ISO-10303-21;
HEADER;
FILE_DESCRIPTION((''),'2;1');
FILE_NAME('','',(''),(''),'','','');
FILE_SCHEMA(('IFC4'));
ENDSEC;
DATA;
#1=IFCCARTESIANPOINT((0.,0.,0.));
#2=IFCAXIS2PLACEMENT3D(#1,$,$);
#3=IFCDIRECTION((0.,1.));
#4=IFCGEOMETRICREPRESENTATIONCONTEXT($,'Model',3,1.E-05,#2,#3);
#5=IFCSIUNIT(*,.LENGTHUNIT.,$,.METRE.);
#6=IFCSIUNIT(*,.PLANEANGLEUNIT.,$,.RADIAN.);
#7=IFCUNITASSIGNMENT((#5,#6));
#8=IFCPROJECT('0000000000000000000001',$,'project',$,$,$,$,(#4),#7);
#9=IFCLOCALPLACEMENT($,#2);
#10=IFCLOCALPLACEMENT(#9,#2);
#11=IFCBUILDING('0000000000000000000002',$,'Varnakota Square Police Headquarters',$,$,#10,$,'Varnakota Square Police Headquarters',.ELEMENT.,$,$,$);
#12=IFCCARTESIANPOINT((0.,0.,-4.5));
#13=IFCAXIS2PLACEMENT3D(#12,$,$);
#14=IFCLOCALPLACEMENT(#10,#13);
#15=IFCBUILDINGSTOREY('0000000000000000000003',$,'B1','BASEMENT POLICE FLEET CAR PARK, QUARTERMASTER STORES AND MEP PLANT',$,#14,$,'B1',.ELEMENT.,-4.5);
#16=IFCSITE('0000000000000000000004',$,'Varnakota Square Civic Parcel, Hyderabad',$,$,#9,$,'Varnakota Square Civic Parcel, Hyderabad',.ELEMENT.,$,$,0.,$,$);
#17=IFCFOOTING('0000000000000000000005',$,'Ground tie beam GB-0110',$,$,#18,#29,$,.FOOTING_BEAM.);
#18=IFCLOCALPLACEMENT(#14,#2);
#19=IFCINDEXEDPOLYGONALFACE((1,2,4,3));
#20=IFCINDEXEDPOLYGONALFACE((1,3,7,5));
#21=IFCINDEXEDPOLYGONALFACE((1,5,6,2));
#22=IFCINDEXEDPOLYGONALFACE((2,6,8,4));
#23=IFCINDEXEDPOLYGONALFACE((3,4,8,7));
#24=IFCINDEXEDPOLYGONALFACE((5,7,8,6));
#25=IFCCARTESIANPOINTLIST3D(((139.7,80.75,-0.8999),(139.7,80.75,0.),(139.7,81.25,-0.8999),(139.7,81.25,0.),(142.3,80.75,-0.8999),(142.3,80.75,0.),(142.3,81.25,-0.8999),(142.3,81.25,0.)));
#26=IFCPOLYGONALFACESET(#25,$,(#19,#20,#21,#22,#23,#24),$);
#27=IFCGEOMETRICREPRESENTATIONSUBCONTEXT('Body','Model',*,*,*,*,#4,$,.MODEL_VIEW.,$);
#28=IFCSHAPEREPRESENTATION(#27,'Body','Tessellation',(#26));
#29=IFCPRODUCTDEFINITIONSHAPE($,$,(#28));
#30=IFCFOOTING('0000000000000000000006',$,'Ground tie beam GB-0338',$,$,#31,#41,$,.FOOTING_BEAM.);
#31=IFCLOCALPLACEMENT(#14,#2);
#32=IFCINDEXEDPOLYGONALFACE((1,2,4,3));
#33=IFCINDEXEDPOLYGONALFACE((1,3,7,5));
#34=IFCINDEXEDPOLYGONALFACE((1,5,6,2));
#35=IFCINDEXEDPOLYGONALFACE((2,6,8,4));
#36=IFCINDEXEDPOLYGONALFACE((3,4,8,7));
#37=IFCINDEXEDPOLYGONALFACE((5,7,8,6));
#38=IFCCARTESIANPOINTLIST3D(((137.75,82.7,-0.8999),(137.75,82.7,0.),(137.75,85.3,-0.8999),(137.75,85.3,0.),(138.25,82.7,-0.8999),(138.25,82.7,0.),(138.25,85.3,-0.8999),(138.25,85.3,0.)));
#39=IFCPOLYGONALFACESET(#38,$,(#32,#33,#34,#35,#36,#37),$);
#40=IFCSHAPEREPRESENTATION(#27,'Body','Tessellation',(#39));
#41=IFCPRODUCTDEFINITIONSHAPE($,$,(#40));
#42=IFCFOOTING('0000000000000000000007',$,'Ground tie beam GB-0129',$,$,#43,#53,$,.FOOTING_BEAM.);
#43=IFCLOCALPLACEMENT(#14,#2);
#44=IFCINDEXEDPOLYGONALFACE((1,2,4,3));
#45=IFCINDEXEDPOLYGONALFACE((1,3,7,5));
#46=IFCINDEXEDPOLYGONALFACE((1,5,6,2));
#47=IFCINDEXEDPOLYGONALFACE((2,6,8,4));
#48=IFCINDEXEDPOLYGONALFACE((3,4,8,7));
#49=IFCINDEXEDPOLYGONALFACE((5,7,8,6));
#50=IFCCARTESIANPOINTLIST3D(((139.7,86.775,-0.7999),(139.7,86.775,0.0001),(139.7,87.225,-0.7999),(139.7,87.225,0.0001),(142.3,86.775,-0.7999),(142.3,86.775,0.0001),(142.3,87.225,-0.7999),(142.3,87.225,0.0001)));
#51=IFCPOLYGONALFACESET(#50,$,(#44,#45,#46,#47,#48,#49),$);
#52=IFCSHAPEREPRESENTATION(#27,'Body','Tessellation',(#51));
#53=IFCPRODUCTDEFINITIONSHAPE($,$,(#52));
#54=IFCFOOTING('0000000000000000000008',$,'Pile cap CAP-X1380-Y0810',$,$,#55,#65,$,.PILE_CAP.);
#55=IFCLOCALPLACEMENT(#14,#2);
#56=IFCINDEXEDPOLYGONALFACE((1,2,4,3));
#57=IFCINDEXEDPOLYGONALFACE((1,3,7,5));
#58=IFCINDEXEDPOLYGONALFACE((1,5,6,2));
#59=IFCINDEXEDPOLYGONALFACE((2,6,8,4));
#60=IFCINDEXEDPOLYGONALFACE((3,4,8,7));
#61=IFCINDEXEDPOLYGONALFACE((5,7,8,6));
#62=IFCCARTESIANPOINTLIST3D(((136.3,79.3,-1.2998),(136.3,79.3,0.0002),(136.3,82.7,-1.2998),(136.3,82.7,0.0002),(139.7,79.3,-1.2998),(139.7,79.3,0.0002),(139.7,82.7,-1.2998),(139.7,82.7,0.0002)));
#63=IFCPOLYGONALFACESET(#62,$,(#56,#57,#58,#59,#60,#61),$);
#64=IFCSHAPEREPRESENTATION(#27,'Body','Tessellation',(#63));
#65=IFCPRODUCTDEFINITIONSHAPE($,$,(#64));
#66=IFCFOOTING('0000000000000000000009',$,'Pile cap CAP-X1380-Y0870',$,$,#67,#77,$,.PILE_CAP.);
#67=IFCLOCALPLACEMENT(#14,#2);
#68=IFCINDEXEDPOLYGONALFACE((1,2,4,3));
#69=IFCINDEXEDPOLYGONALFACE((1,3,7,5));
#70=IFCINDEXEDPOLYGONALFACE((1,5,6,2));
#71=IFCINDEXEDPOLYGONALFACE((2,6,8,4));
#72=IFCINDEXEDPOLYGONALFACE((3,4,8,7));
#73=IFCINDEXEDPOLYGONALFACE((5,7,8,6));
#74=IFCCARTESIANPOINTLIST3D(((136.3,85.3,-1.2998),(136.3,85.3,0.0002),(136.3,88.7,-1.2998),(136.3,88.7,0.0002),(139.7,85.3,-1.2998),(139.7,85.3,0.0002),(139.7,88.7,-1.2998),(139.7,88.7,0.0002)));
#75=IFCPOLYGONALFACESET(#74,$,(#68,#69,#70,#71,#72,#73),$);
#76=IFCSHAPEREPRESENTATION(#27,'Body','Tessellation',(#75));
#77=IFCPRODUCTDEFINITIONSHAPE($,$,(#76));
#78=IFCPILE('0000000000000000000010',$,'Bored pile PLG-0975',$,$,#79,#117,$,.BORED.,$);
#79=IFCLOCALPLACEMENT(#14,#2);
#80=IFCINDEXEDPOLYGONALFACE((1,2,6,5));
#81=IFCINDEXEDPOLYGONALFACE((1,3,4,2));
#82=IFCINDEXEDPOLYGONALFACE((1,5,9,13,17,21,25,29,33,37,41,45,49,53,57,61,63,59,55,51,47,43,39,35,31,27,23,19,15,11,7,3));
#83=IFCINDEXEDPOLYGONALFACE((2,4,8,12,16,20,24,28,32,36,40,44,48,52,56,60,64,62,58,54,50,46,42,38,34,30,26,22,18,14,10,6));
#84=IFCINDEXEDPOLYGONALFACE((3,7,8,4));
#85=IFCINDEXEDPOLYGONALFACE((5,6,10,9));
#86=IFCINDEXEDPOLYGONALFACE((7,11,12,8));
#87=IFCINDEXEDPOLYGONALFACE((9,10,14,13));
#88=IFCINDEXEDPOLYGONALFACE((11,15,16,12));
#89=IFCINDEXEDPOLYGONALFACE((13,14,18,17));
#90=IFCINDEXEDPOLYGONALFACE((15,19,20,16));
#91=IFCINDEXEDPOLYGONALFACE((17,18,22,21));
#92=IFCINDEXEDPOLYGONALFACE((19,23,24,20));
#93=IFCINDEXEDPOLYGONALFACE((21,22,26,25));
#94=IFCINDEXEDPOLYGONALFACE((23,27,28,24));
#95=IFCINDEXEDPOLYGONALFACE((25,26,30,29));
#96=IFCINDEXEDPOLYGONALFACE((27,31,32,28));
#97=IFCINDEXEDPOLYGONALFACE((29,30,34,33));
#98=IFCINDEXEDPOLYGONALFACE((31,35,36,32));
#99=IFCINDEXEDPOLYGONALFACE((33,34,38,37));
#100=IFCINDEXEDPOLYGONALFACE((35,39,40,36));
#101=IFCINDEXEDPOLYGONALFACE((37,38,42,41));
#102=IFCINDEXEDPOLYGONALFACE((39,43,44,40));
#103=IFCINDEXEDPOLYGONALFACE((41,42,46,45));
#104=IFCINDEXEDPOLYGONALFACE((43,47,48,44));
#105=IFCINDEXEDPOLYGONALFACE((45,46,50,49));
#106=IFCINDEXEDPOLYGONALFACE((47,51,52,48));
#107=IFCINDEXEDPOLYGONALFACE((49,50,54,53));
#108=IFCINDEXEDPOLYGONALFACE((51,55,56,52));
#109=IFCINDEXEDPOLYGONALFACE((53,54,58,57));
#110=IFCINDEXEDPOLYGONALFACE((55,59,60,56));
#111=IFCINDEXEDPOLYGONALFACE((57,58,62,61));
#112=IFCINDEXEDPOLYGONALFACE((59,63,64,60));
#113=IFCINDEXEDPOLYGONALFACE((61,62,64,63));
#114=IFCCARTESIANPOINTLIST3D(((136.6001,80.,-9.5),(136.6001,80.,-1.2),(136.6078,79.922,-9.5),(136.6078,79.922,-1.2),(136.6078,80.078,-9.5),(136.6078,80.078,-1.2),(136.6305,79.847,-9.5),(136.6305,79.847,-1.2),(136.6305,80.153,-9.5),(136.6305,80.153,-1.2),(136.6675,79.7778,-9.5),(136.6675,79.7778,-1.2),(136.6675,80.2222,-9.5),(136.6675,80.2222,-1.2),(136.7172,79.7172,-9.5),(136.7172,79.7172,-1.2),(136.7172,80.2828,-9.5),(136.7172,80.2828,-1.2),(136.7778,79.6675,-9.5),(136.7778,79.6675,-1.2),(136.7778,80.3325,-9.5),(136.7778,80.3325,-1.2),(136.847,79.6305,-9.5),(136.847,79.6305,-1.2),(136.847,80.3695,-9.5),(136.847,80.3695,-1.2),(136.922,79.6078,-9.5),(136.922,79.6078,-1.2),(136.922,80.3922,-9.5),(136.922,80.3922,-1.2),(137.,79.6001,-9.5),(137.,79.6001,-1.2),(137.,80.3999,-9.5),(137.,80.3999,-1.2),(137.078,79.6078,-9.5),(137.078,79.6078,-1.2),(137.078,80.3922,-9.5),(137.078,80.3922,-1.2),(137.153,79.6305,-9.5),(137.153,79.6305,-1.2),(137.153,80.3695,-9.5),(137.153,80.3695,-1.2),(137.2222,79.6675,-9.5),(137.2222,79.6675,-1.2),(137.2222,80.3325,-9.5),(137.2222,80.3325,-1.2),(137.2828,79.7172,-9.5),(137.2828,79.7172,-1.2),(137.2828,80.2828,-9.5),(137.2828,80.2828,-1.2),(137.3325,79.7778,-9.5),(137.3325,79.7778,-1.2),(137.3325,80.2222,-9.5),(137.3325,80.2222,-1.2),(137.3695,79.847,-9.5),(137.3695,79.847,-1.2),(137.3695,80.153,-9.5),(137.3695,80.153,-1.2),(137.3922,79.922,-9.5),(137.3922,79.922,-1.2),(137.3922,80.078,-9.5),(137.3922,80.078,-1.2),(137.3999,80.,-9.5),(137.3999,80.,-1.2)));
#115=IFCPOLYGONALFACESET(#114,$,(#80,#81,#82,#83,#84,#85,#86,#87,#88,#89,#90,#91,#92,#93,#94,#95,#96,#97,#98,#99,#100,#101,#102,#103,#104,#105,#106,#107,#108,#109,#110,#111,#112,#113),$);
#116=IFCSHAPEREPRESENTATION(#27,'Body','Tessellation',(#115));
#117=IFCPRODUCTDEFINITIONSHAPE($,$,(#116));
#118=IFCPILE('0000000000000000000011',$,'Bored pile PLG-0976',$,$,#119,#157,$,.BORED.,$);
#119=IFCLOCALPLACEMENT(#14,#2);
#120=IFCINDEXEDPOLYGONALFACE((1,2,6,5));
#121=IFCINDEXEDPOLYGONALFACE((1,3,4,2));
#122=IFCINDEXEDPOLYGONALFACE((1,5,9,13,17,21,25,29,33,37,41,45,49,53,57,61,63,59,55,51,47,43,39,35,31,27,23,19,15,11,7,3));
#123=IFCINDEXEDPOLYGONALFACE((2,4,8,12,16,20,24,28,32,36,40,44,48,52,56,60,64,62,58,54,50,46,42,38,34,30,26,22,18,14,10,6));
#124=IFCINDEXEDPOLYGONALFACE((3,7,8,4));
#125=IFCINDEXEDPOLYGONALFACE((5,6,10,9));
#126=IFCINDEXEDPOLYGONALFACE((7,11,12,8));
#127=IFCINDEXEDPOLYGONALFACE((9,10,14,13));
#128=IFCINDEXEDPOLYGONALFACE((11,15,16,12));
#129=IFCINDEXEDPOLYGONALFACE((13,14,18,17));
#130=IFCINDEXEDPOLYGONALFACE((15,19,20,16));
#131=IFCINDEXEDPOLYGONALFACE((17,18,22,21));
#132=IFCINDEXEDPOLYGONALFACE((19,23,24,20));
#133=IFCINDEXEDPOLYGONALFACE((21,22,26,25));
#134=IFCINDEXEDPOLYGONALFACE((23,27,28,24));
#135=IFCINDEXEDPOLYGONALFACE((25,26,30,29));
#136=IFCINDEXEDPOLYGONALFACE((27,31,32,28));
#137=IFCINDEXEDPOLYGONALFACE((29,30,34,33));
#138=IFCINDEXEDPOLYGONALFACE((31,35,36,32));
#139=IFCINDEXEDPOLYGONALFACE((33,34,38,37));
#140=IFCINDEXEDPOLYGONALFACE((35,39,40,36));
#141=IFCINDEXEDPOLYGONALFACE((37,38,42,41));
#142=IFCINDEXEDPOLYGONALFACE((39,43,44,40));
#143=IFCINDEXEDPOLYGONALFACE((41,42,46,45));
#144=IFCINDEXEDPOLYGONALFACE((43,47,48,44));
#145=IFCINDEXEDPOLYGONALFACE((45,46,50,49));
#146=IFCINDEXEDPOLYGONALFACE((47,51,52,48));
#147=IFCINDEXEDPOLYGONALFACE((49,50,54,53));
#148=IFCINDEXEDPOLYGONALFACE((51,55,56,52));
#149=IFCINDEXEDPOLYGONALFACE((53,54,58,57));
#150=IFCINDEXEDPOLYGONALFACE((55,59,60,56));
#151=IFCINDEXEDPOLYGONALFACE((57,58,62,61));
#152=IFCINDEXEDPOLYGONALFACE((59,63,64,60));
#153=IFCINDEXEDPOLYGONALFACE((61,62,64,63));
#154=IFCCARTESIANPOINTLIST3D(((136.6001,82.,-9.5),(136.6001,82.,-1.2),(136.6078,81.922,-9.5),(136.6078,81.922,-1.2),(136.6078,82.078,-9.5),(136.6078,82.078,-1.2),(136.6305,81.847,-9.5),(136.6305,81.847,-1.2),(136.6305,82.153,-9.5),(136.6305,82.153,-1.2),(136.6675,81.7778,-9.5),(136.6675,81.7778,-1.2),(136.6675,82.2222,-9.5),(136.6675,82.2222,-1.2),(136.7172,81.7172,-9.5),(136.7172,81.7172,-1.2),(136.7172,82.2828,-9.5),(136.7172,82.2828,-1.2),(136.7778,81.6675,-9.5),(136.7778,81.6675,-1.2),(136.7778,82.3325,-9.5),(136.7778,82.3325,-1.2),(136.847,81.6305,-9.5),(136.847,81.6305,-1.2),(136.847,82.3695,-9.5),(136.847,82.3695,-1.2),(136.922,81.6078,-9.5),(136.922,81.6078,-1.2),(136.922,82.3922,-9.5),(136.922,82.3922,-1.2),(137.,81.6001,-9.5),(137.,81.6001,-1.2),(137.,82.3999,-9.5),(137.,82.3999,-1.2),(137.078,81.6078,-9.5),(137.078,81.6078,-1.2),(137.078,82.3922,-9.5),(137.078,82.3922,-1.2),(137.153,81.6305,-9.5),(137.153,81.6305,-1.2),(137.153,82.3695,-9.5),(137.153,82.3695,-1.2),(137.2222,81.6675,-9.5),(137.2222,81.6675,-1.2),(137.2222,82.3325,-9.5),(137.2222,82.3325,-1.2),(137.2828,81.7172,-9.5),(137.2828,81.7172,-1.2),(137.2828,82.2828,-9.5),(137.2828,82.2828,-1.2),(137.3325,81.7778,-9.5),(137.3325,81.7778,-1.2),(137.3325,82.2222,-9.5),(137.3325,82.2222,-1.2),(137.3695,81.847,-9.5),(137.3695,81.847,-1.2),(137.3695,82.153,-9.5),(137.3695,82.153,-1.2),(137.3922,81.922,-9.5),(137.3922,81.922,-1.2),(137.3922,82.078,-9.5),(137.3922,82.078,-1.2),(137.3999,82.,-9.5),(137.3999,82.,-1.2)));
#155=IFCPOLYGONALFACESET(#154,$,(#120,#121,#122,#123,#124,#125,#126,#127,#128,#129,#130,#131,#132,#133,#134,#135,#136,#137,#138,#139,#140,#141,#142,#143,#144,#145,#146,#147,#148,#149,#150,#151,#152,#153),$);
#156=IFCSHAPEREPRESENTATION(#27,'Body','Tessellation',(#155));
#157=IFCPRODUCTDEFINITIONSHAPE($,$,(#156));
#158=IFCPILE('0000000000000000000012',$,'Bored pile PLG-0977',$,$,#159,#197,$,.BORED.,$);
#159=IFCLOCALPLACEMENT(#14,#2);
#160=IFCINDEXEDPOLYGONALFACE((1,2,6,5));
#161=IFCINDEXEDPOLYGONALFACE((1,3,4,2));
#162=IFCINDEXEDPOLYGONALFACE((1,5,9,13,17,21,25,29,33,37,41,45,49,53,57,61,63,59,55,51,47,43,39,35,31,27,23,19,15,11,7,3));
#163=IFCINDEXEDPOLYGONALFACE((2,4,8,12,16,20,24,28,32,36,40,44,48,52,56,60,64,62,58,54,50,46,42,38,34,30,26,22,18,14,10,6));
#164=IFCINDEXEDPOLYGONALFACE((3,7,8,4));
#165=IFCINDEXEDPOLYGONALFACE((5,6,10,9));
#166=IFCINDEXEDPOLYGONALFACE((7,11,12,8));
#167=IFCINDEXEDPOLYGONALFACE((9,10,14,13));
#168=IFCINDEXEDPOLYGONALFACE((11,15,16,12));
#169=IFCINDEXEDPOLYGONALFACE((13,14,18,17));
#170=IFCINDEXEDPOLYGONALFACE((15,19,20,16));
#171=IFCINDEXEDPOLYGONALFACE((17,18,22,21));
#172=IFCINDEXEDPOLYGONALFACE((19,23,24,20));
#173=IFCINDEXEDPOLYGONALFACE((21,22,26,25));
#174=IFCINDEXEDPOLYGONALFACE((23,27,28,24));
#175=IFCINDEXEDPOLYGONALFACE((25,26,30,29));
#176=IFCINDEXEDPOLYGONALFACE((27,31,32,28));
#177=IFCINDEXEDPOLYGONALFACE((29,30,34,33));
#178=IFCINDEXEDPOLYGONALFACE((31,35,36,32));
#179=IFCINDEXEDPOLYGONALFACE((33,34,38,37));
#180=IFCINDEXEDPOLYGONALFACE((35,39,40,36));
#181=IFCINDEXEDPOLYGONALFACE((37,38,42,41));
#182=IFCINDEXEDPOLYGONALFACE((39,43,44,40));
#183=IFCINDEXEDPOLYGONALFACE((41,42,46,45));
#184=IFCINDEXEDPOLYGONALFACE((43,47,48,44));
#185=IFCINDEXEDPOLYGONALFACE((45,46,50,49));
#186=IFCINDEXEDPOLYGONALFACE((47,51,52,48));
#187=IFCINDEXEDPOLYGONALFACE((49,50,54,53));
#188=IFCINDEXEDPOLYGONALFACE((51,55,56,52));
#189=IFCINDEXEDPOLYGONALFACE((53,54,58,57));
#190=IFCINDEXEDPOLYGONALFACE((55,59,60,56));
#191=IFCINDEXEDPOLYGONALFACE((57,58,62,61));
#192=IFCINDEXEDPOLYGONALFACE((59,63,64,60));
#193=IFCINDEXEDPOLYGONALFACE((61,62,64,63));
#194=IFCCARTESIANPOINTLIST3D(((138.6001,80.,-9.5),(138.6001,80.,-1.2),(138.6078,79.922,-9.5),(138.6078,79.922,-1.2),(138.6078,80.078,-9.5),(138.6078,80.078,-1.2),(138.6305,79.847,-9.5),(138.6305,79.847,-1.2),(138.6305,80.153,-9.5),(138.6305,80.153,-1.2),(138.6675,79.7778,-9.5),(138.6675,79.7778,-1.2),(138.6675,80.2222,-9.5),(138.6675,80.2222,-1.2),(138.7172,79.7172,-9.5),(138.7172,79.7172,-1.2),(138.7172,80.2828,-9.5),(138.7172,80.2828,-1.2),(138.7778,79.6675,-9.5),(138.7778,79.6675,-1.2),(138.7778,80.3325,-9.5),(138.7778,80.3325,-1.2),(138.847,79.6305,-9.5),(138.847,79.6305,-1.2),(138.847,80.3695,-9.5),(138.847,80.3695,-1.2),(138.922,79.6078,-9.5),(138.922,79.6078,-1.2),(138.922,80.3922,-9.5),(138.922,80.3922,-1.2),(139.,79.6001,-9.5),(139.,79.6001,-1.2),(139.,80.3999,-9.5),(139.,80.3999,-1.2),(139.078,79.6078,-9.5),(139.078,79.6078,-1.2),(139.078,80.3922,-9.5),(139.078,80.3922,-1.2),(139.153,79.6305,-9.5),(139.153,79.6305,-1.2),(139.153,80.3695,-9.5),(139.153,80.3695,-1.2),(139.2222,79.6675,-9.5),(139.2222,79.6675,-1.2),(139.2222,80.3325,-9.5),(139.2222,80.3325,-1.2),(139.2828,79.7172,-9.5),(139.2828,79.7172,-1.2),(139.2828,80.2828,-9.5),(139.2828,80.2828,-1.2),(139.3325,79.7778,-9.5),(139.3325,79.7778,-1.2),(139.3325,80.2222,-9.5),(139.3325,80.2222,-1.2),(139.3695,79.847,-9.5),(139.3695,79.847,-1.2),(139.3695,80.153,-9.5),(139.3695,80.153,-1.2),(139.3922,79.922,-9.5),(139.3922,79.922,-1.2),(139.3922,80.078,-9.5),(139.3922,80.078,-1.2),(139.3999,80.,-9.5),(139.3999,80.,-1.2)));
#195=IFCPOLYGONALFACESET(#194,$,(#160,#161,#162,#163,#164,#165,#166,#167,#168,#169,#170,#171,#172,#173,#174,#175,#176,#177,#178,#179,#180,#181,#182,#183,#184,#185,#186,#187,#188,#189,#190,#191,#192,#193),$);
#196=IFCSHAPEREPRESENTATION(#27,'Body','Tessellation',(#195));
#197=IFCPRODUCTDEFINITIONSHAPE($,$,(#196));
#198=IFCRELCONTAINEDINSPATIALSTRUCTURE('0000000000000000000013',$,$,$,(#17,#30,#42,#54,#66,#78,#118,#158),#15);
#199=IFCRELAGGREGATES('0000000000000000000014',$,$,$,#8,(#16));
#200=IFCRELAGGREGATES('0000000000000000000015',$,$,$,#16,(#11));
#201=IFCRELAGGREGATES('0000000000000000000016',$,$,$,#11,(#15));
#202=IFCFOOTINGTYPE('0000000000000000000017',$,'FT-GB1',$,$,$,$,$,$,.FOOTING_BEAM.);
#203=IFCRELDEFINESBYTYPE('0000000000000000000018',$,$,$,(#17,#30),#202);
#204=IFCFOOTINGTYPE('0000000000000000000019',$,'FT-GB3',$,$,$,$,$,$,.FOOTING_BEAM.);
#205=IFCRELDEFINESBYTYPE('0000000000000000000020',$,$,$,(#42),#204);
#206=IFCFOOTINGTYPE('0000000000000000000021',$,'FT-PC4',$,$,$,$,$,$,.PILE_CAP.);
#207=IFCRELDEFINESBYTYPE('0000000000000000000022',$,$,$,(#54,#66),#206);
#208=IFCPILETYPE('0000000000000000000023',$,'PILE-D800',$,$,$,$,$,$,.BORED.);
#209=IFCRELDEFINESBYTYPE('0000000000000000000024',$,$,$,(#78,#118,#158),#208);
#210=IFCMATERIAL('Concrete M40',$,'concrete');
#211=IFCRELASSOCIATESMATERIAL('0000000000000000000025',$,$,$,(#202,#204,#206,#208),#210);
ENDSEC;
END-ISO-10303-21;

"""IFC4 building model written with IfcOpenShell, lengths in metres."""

from ifc_helpers import new_model, si_unit, direction, frame, origin, origin_2d, place, context, subcontext, project, spatial, rectangle, circle, extrude, material, material_profile, profile_set, type_object, element, save


model = new_model("IFC4")

# Units and contexts
model_context = context("Model", 3, precision=1e-05, world=origin(), true_north=direction((0.0, 1.0)))
body_context = subcontext(model_context, "Body", "Model", "MODEL_VIEW")
ifc_project = project(units=[si_unit("LENGTHUNIT", "METRE"), si_unit("PLANEANGLEUNIT", "RADIAN")], contexts=[model_context])

# Site, building, storey
site_placement = place(None, origin())
site = spatial("IfcSite", under=ifc_project, at=site_placement, Name="Varnakota Square Civic Parcel, Hyderabad", LongName="Varnakota Square Civic Parcel, Hyderabad", CompositionType="ELEMENT", RefElevation=0.0)
building_placement = place(site_placement, origin())
building = spatial("IfcBuilding", under=site, at=building_placement, Name="Varnakota Square Police Headquarters", LongName="Varnakota Square Police Headquarters", CompositionType="ELEMENT")
storey_placement = place(building_placement, frame((0.0, 0.0, -4.5)))
storey = spatial("IfcBuildingStorey", under=building, at=storey_placement, Name="B1", Description="BASEMENT POLICE FLEET CAR PARK, QUARTERMASTER STORES AND MEP PLANT", LongName="B1", CompositionType="ELEMENT", Elevation=-4.5)

# Footings
ifc_material_1 = material(Name="Concrete M40", Category="concrete")
ifc_material_profile_1 = material_profile(ifc_material_1, rectangle(XDim=0.5, YDim=0.8999, at=origin_2d()), Name="GB 500x900")
ifc_profile_set_1 = profile_set([ifc_material_profile_1], Name="Concrete M40")
footing_type_1 = type_object("IfcFootingType", Name="FT-GB1", PredefinedType="FOOTING_BEAM", material=ifc_profile_set_1)
for number, where, z_axis, x_axis, name in (
    (1, (139.7, 81.0, -0.45), (1.0, 0.0, 0.0), (0.0, 1.0, 0.0), "Ground tie beam GB-0110"),
    (2, (138.0, 82.7, -0.45), (0.0, 1.0, 0.0), (-1.0, 0.0, 0.0), "Ground tie beam GB-0338"),
):
    element("IfcFooting", number, at=place(storey_placement, frame(where, z_axis=z_axis, x_axis=x_axis)), inside=storey, type_object=footing_type_1, Name=name, PredefinedType="FOOTING_BEAM", context=body_context, shape_type="SweptSolid", body=[
        extrude(rectangle(XDim=0.5, YDim=0.8999, at=origin_2d()), origin(), (0.0, 0.0, 1.0), 2.6001),
    ])
ifc_material_profile_2 = material_profile(ifc_material_1, rectangle(XDim=0.45, YDim=0.8, at=origin_2d()), Name="GB 450x800")
ifc_profile_set_2 = profile_set([ifc_material_profile_2], Name="Concrete M40")
footing_type_2 = type_object("IfcFootingType", Name="FT-GB3", PredefinedType="FOOTING_BEAM", material=ifc_profile_set_2)
footing_placement = place(storey_placement, frame((139.7, 87.0, -0.3999), z_axis=(1.0, 0.0, 0.0), x_axis=(0.0, 1.0, 0.0)))
element("IfcFooting", 3, at=footing_placement, inside=storey, type_object=footing_type_2, Name="Ground tie beam GB-0129", PredefinedType="FOOTING_BEAM", context=body_context, shape_type="SweptSolid", body=[
    extrude(rectangle(XDim=0.45, YDim=0.8, at=origin_2d()), origin(), (0.0, 0.0, 1.0), 2.6001),
])
footing_type_3 = type_object("IfcFootingType", Name="FT-PC4", PredefinedType="PILE_CAP", material=ifc_material_1)
for number, where, z_axis, x_axis, name in (
    (4, (138.0, 81.0, -1.2998), (0.0, 0.0, 1.0), (1.0, 0.0, 0.0), "Pile cap CAP-X1380-Y0810"),
    (5, (138.0, 87.0, -1.2998), (0.0, 0.0, 1.0), (1.0, 0.0, 0.0), "Pile cap CAP-X1380-Y0870"),
):
    element("IfcFooting", number, at=place(storey_placement, frame(where, z_axis=z_axis, x_axis=x_axis)), inside=storey, type_object=footing_type_3, Name=name, PredefinedType="PILE_CAP", context=body_context, shape_type="SweptSolid", body=[
        extrude(rectangle(XDim=3.3999, YDim=3.3999, at=origin_2d()), origin(), (0.0, 0.0, 1.0), 1.3),
    ])

# Piles
ifc_material_profile_3 = material_profile(ifc_material_1, circle(Radius=0.3999, at=origin_2d()), Name="BORED PILE 800")
ifc_profile_set_3 = profile_set([ifc_material_profile_3], Name="Concrete M40")
pile_type = type_object("IfcPileType", Name="PILE-D800", PredefinedType="BORED", material=ifc_profile_set_3)
for number, where, z_axis, x_axis, name in (
    (6, (137.0, 80.0, -1.2), (0.0, 0.0, -1.0), (1.0, 0.0, 0.0), "Bored pile PLG-0975"),
    (7, (137.0, 82.0, -1.2), (0.0, 0.0, -1.0), (1.0, 0.0, 0.0), "Bored pile PLG-0976"),
    (8, (139.0, 80.0, -1.2), (0.0, 0.0, -1.0), (1.0, 0.0, 0.0), "Bored pile PLG-0977"),
):
    element("IfcPile", number, at=place(storey_placement, frame(where, z_axis=z_axis, x_axis=x_axis)), inside=storey, type_object=pile_type, Name=name, PredefinedType="BORED", context=body_context, shape_type="SweptSolid", body=[
        extrude(circle(Radius=0.3999, at=origin_2d()), origin(), (0.0, 0.0, 1.0), 8.3),
    ])

save(model, "model.ifc")
